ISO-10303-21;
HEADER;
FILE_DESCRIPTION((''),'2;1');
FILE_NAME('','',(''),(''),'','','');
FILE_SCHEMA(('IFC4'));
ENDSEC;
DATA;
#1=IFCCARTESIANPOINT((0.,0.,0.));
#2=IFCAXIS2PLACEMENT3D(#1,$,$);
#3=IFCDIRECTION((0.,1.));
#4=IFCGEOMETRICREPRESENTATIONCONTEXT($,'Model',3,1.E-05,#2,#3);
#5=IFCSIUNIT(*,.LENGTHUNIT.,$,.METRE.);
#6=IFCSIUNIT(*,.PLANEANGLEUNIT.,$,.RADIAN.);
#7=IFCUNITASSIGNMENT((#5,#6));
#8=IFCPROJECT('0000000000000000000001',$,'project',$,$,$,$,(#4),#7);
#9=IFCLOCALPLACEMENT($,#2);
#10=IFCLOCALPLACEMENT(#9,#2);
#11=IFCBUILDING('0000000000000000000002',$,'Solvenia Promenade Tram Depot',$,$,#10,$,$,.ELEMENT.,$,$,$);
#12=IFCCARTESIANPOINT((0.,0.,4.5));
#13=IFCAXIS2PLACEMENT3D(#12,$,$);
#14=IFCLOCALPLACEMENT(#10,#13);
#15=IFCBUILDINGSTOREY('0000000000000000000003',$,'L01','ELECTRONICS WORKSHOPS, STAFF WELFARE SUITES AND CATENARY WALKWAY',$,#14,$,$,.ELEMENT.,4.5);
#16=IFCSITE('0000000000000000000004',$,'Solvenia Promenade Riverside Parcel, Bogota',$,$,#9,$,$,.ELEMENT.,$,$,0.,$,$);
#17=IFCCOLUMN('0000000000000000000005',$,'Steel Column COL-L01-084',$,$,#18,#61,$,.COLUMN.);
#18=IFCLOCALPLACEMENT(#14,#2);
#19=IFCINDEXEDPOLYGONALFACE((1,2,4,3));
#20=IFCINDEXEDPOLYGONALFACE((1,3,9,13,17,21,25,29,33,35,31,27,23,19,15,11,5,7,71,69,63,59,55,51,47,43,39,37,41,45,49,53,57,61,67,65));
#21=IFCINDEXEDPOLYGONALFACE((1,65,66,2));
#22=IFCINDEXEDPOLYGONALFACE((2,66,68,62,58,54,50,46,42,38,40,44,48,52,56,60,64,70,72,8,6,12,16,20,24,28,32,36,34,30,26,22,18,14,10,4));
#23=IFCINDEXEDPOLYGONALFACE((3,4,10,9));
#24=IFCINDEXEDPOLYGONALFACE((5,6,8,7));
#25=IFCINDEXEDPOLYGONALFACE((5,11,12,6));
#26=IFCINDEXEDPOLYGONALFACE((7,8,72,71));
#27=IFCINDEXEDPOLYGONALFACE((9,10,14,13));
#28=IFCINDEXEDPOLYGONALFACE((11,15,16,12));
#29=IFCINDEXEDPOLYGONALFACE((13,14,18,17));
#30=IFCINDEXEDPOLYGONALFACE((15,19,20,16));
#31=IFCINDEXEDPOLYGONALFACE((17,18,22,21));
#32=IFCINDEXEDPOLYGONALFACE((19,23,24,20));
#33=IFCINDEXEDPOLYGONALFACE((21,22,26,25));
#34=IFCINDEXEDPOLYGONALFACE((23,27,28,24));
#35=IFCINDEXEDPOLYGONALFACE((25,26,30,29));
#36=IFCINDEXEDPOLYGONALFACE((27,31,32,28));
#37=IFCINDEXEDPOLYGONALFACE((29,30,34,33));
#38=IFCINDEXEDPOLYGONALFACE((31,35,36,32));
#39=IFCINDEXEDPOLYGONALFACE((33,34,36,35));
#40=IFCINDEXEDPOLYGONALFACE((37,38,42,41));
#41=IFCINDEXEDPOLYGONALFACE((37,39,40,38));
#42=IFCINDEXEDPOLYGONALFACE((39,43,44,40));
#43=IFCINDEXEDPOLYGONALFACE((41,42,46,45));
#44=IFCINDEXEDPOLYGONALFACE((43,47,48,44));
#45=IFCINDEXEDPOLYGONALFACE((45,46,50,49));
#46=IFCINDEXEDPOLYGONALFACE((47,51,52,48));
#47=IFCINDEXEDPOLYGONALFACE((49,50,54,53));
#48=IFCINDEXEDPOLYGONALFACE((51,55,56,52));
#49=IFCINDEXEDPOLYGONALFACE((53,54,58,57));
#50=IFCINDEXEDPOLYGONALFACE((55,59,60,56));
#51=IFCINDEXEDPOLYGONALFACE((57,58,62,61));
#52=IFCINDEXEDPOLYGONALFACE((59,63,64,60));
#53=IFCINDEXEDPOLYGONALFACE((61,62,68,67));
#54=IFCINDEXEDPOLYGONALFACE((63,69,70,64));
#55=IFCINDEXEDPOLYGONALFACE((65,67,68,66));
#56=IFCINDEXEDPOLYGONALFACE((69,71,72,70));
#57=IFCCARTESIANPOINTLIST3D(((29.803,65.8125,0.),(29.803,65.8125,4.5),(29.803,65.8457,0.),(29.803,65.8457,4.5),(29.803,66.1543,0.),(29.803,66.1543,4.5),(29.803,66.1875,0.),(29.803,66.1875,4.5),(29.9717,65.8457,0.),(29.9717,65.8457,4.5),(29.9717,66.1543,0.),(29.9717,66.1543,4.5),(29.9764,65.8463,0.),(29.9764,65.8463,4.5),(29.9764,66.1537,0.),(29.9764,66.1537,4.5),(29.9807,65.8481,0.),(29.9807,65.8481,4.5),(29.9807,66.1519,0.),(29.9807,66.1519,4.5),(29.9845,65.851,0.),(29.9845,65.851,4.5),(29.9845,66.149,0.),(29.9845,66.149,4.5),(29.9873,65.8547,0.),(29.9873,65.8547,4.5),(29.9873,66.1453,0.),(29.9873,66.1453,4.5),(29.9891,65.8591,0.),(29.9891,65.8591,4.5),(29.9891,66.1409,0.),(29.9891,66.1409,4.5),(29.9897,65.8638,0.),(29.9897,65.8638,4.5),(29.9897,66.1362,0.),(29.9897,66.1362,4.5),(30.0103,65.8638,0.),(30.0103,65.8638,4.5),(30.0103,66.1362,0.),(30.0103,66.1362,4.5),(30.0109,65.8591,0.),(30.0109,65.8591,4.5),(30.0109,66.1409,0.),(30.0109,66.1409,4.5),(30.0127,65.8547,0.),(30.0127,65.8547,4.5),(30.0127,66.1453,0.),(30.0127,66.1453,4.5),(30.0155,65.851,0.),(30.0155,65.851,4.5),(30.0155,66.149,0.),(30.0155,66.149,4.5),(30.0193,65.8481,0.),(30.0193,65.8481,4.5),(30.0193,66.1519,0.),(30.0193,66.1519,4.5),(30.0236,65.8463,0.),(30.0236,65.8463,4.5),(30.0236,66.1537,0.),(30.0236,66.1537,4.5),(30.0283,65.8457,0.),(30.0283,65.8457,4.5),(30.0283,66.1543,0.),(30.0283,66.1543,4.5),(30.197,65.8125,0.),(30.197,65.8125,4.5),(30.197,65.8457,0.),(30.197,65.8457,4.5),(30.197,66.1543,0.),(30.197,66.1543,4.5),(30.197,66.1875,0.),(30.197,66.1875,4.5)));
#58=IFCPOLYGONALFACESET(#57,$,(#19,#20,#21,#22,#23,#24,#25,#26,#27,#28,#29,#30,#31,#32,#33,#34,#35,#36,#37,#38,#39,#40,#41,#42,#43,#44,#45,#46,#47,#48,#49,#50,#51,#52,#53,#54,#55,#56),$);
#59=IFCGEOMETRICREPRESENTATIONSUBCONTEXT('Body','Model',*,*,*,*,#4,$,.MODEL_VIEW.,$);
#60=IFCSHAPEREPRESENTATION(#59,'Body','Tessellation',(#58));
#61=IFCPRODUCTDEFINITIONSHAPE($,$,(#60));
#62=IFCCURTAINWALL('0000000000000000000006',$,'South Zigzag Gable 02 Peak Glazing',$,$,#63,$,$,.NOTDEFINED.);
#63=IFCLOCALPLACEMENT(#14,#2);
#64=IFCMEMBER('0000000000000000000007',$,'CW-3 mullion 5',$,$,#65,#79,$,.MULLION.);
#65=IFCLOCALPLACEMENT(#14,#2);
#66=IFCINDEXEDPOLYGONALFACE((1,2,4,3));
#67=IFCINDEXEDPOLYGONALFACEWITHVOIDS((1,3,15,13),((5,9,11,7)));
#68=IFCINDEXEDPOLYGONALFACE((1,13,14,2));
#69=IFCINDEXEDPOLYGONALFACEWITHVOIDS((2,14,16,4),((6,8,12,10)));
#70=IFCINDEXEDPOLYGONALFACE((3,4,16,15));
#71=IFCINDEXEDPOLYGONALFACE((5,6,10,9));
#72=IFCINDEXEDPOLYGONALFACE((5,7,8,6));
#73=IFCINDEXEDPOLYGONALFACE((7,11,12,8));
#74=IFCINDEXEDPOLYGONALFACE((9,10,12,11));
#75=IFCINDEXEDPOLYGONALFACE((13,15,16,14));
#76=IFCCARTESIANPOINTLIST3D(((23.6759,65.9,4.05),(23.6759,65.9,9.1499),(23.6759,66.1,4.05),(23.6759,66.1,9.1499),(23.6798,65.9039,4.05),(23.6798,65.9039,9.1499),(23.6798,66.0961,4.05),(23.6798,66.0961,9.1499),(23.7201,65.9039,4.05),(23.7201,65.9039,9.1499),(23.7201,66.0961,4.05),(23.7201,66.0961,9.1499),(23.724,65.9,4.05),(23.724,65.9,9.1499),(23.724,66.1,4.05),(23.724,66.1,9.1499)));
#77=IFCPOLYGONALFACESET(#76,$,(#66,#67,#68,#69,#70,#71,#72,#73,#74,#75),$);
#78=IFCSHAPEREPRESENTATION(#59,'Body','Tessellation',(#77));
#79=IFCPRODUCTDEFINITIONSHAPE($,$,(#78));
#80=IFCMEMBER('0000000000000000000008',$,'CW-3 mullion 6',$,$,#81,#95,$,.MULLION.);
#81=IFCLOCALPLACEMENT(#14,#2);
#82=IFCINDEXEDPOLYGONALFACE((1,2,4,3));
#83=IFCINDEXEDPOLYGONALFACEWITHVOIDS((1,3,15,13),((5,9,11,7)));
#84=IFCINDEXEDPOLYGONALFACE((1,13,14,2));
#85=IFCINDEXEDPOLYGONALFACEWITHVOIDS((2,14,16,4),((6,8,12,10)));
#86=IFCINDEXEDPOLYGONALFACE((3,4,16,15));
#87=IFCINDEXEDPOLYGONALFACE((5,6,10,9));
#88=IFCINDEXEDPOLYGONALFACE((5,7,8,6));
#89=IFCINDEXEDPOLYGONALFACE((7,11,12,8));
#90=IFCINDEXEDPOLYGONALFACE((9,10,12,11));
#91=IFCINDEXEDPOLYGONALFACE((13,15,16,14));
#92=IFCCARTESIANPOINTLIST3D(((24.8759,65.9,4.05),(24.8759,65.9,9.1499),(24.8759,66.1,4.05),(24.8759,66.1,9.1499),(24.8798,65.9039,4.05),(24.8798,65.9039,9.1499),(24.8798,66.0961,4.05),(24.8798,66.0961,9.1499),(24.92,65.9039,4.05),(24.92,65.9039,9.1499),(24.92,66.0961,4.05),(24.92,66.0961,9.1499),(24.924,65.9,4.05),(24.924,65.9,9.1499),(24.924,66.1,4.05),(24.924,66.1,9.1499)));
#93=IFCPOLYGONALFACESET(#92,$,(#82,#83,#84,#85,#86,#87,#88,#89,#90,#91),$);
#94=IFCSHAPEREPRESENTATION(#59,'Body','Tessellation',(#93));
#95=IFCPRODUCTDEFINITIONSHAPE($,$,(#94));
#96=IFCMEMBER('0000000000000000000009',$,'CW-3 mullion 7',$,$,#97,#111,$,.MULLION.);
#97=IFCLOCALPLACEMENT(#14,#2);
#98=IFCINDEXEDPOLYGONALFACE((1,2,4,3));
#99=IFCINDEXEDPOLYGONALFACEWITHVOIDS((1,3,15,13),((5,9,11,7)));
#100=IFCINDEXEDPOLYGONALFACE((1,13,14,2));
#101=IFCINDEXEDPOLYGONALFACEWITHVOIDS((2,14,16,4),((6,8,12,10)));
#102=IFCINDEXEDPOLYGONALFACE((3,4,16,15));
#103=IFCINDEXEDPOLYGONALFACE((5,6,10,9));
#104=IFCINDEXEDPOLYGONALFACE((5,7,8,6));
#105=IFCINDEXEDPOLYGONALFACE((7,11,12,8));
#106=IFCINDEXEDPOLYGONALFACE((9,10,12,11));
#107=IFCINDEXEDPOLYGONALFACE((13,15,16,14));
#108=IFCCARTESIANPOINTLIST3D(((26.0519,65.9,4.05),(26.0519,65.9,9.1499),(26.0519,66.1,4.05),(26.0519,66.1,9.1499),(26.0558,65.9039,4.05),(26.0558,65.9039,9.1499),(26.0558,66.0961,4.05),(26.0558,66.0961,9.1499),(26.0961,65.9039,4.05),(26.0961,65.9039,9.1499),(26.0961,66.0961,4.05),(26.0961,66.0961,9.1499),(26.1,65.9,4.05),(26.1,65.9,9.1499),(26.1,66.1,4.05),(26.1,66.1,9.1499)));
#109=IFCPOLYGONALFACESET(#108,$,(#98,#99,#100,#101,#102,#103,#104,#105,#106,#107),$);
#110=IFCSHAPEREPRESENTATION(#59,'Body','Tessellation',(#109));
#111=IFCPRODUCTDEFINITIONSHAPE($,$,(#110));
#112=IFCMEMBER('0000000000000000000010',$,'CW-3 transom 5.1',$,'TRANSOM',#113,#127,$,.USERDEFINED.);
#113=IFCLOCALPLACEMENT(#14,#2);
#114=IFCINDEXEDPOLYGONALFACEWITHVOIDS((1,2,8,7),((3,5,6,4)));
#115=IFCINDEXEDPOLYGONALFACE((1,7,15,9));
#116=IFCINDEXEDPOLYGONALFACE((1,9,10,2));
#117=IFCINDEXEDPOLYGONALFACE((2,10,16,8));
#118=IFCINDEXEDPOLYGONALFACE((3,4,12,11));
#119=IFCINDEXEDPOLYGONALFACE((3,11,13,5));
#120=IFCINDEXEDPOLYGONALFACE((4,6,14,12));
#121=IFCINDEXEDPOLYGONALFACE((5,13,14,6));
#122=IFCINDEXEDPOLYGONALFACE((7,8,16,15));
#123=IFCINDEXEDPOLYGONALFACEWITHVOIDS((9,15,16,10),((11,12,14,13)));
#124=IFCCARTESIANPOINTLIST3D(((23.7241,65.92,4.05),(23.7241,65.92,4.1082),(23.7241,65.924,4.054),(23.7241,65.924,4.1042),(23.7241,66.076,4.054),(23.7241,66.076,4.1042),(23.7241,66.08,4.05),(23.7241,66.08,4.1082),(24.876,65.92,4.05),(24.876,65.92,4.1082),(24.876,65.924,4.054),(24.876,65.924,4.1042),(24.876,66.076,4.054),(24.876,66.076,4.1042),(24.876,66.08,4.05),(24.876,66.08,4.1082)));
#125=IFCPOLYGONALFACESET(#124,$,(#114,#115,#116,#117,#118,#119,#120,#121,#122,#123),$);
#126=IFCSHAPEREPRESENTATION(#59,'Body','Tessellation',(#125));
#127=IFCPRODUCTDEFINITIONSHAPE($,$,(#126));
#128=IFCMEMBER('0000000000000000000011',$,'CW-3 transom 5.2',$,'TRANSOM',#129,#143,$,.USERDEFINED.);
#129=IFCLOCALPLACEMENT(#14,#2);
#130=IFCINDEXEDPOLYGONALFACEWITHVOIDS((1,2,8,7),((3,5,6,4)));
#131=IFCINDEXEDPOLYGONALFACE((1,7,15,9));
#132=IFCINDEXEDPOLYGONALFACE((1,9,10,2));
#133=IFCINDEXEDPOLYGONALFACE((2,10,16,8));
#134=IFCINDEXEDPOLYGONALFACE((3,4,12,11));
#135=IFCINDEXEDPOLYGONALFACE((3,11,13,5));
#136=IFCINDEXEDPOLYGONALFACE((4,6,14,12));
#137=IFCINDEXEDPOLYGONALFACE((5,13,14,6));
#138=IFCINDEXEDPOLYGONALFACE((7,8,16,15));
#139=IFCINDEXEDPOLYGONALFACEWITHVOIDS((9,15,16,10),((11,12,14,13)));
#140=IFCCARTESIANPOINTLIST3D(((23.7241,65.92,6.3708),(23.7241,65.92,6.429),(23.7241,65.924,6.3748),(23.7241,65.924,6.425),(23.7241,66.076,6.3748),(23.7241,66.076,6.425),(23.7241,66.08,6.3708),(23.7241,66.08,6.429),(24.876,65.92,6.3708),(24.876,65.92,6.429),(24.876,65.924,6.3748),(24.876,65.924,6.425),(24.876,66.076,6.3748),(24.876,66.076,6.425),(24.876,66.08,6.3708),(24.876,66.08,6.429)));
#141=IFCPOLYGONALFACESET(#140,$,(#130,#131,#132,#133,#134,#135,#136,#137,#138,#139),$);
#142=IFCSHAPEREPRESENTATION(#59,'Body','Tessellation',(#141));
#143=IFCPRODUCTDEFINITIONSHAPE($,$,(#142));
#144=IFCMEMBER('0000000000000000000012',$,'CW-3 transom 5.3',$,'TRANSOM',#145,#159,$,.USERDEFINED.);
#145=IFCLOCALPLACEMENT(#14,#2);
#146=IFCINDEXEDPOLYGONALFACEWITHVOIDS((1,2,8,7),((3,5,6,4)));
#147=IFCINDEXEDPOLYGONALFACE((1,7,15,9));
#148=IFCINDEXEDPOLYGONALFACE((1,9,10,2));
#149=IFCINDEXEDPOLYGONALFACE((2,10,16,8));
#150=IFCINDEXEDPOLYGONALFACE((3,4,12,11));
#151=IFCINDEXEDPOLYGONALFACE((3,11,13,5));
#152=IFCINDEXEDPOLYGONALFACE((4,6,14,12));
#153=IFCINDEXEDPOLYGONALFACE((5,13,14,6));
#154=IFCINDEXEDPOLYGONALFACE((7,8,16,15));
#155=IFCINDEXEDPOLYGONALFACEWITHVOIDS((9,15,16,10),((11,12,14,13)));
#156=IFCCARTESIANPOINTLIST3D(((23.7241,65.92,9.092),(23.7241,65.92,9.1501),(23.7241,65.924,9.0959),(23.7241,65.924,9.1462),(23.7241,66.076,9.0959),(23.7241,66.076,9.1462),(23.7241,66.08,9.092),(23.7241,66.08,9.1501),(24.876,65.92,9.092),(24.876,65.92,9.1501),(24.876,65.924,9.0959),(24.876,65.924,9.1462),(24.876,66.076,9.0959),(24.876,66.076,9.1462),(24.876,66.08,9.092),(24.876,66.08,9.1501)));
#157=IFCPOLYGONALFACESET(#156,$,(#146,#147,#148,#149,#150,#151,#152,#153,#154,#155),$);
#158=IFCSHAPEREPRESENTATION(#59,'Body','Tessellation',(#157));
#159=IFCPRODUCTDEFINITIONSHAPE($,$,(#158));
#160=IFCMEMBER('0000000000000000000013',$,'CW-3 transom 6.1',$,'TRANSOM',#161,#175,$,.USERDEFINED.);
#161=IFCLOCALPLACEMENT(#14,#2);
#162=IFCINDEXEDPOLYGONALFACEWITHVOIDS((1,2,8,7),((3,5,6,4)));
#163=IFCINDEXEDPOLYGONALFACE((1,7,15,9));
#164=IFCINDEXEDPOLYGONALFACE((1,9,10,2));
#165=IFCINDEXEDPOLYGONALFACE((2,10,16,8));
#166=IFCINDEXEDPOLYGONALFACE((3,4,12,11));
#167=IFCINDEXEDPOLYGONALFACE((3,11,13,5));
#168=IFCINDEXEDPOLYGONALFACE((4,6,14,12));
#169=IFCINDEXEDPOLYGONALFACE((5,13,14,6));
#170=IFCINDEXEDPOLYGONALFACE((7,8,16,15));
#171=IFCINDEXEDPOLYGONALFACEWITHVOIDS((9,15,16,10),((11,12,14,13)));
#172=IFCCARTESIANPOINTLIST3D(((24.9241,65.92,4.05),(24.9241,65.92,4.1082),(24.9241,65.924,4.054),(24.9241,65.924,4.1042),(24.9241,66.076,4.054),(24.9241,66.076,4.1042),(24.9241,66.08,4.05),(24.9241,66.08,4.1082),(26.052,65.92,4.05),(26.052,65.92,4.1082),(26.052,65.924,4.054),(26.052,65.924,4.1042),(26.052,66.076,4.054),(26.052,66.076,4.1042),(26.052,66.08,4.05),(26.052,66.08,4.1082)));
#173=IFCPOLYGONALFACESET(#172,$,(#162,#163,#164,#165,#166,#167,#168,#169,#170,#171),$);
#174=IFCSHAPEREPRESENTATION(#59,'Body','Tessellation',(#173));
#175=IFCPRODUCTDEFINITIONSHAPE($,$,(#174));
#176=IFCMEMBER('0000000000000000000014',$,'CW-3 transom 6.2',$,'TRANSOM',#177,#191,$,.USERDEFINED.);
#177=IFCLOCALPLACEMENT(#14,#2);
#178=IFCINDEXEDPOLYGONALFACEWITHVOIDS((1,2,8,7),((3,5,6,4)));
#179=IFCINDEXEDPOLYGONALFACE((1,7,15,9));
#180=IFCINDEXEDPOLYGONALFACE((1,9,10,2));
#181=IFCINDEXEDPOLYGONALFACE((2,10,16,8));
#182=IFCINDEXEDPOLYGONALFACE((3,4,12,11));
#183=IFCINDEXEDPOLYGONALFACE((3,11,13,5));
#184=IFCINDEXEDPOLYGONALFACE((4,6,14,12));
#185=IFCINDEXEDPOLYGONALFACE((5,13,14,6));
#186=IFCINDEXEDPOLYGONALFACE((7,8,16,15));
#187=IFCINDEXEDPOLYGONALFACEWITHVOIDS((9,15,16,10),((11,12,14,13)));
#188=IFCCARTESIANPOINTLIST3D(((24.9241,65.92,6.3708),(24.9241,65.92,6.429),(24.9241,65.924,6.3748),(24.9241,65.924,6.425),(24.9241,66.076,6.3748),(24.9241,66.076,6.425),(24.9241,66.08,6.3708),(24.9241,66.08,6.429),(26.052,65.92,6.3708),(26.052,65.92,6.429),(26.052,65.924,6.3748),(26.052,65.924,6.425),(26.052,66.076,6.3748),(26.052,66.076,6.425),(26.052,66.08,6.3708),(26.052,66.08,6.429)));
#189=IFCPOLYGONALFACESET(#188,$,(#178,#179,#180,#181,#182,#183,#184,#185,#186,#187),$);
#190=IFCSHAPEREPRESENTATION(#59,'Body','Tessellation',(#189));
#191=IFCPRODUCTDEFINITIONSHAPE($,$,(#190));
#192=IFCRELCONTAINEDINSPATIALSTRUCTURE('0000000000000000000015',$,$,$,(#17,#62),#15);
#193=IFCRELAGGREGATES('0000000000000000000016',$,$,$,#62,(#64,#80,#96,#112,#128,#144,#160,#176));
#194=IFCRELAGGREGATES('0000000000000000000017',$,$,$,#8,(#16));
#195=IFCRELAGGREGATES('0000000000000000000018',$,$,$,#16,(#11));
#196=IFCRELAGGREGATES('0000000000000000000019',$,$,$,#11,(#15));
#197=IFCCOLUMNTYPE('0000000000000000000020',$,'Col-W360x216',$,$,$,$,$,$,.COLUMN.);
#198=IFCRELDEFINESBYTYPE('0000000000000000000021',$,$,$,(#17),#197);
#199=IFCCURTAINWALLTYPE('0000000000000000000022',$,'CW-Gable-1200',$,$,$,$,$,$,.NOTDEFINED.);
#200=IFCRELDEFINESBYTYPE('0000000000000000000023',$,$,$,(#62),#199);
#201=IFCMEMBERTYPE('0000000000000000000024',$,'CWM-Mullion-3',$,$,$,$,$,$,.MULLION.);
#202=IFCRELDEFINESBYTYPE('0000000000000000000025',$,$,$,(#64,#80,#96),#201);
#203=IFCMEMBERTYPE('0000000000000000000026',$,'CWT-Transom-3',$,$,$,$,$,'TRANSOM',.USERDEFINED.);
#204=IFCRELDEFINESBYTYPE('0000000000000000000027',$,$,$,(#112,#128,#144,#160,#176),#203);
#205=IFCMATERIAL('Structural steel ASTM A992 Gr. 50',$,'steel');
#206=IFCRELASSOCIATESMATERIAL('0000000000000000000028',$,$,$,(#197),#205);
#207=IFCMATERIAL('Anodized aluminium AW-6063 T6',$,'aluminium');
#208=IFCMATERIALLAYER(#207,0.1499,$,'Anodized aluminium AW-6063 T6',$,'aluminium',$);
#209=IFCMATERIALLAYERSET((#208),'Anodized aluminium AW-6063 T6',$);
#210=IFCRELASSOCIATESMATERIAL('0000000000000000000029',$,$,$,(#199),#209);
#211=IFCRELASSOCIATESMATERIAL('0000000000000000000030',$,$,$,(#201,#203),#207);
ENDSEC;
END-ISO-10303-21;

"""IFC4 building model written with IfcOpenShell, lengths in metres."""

from ifc_helpers import new_model, si_unit, direction, frame, origin, origin_2d, place, context, subcontext, project, spatial, hollow_rectangle, i_section, extrude, material, layer, layer_set, material_profile, profile_set, type_object, element, aggregate, save


model = new_model("IFC4")

# Units and contexts
model_context = context("Model", 3, precision=1e-05, world=origin(), true_north=direction((0.0, 1.0)))
body_context = subcontext(model_context, "Body", "Model", "MODEL_VIEW")
ifc_project = project(units=[si_unit("LENGTHUNIT", "METRE"), si_unit("PLANEANGLEUNIT", "RADIAN")], contexts=[model_context])

# Site, building, storey
site_placement = place(None, origin())
site = spatial("IfcSite", under=ifc_project, at=site_placement, Name="Solvenia Promenade Riverside Parcel, Bogota", CompositionType="ELEMENT", RefElevation=0.0)
building_placement = place(site_placement, origin())
building = spatial("IfcBuilding", under=site, at=building_placement, Name="Solvenia Promenade Tram Depot", CompositionType="ELEMENT")
storey_placement = place(building_placement, frame((0.0, 0.0, 4.5)))
storey = spatial("IfcBuildingStorey", under=building, at=storey_placement, Name="L01", Description="ELECTRONICS WORKSHOPS, STAFF WELFARE SUITES AND CATENARY WALKWAY", CompositionType="ELEMENT", Elevation=4.5)

# Column
ifc_material_1 = material(Name="Structural steel ASTM A992 Gr. 50", Category="steel")
ifc_material_profile_1 = material_profile(ifc_material_1, i_section(OverallWidth=0.394, OverallDepth=0.375, WebThickness=0.0205, FlangeThickness=0.0332, FilletRadius=0.0181, at=origin_2d()), Name="W360x216", Category="steel")
ifc_profile_set_1 = profile_set([ifc_material_profile_1], Name="Structural steel ASTM A992 Gr. 50")
column_type = type_object("IfcColumnType", Name="Col-W360x216", PredefinedType="COLUMN", material=ifc_profile_set_1)
column_placement = place(storey_placement, frame((30.0, 66.0, 0.0), z_axis=(0.0, 0.0, 1.0), x_axis=(1.0, 0.0, 0.0)))
element("IfcColumn", 1, at=column_placement, inside=storey, type_object=column_type, Name="Steel Column COL-L01-084", PredefinedType="COLUMN", context=body_context, shape_type="SweptSolid", body=[
    extrude(i_section(OverallWidth=0.394, OverallDepth=0.375, WebThickness=0.0205, FlangeThickness=0.0332, FilletRadius=0.0181, at=origin_2d()), origin(), (0.0, 0.0, 1.0), 4.5),
])

# Curtain wall, members
ifc_material_2 = material(Name="Anodized aluminium AW-6063 T6", Category="aluminium")
ifc_layer_1 = layer(ifc_material_2, 0.1499, Name="Anodized aluminium AW-6063 T6", Category="aluminium")
ifc_layer_set_1 = layer_set([ifc_layer_1], Name="Anodized aluminium AW-6063 T6")
curtain_wall_type = type_object("IfcCurtainWallType", Name="CW-Gable-1200", PredefinedType="NOTDEFINED", material=ifc_layer_set_1)
curtain_wall_placement = place(storey_placement, origin())
curtain_wall = element("IfcCurtainWall", 2, at=curtain_wall_placement, inside=storey, type_object=curtain_wall_type, Name="South Zigzag Gable 02 Peak Glazing", PredefinedType="NOTDEFINED")
ifc_material_profile_2 = material_profile(ifc_material_2, hollow_rectangle(XDim=0.2, YDim=0.0481, WallThickness=0.0039, at=origin_2d()), Name="ALU-M3", Category="aluminium")
ifc_profile_set_2 = profile_set([ifc_material_profile_2], Name="Anodized aluminium AW-6063 T6")
member_type_1 = type_object("IfcMemberType", Name="CWM-Mullion-3", PredefinedType="MULLION", material=ifc_profile_set_2)
member_1_placement = place(storey_placement, frame((23.7, 66.0, 4.05), z_axis=(0.0, 0.0, 1.0), x_axis=(0.0, 1.0, 0.0)))
member_1 = element("IfcMember", 3, at=member_1_placement, type_object=member_type_1, Name="CW-3 mullion 5", PredefinedType="MULLION", context=body_context, shape_type="SweptSolid", body=[
    extrude(hollow_rectangle(XDim=0.2, YDim=0.0481, WallThickness=0.0039, at=origin_2d()), origin(), (0.0, 0.0, 1.0), 5.0999),
])
member_2_placement = place(storey_placement, frame((24.8999, 66.0, 4.05), z_axis=(0.0, 0.0, 1.0), x_axis=(0.0, 1.0, 0.0)))
member_2 = element("IfcMember", 4, at=member_2_placement, type_object=member_type_1, Name="CW-3 mullion 6", PredefinedType="MULLION", context=body_context, shape_type="SweptSolid", body=[
    extrude(hollow_rectangle(XDim=0.2, YDim=0.0481, WallThickness=0.0039, at=origin_2d()), origin(), (0.0, 0.0, 1.0), 5.0999),
])
member_3_placement = place(storey_placement, frame((26.0759, 66.0, 4.05), z_axis=(0.0, 0.0, 1.0), x_axis=(0.0, 1.0, 0.0)))
member_3 = element("IfcMember", 5, at=member_3_placement, type_object=member_type_1, Name="CW-3 mullion 7", PredefinedType="MULLION", context=body_context, shape_type="SweptSolid", body=[
    extrude(hollow_rectangle(XDim=0.2, YDim=0.0481, WallThickness=0.0039, at=origin_2d()), origin(), (0.0, 0.0, 1.0), 5.0999),
])
ifc_material_profile_3 = material_profile(ifc_material_2, hollow_rectangle(XDim=0.1599, YDim=0.0581, WallThickness=0.0039, at=origin_2d()), Name="ALU-T3", Category="aluminium")
ifc_profile_set_3 = profile_set([ifc_material_profile_3], Name="Anodized aluminium AW-6063 T6")
member_type_2 = type_object("IfcMemberType", Name="CWT-Transom-3", ElementType="TRANSOM", PredefinedType="USERDEFINED", material=ifc_profile_set_3)
member_4_placement = place(storey_placement, frame((23.7241, 66.0, 4.0791), z_axis=(1.0, 0.0, 0.0), x_axis=(0.0, 1.0, 0.0)))
member_4 = element("IfcMember", 6, at=member_4_placement, type_object=member_type_2, Name="CW-3 transom 5.1", ObjectType="TRANSOM", PredefinedType="USERDEFINED", context=body_context, shape_type="SweptSolid", body=[
    extrude(hollow_rectangle(XDim=0.1599, YDim=0.0581, WallThickness=0.0039, at=origin_2d()), origin(), (0.0, 0.0, 1.0), 1.1519),
])
member_5_placement = place(storey_placement, frame((23.7241, 66.0, 6.3999), z_axis=(1.0, 0.0, 0.0), x_axis=(0.0, 1.0, 0.0)))
member_5 = element("IfcMember", 7, at=member_5_placement, type_object=member_type_2, Name="CW-3 transom 5.2", ObjectType="TRANSOM", PredefinedType="USERDEFINED", context=body_context, shape_type="SweptSolid", body=[
    extrude(hollow_rectangle(XDim=0.1599, YDim=0.0581, WallThickness=0.0039, at=origin_2d()), origin(), (0.0, 0.0, 1.0), 1.1519),
])
member_6_placement = place(storey_placement, frame((23.7241, 66.0, 9.1211), z_axis=(1.0, 0.0, 0.0), x_axis=(0.0, 1.0, 0.0)))
member_6 = element("IfcMember", 8, at=member_6_placement, type_object=member_type_2, Name="CW-3 transom 5.3", ObjectType="TRANSOM", PredefinedType="USERDEFINED", context=body_context, shape_type="SweptSolid", body=[
    extrude(hollow_rectangle(XDim=0.1599, YDim=0.0581, WallThickness=0.0039, at=origin_2d()), origin(), (0.0, 0.0, 1.0), 1.1519),
])
member_7_placement = place(storey_placement, frame((24.9241, 66.0, 4.0791), z_axis=(1.0, 0.0, 0.0), x_axis=(0.0, 1.0, 0.0)))
member_7 = element("IfcMember", 9, at=member_7_placement, type_object=member_type_2, Name="CW-3 transom 6.1", ObjectType="TRANSOM", PredefinedType="USERDEFINED", context=body_context, shape_type="SweptSolid", body=[
    extrude(hollow_rectangle(XDim=0.1599, YDim=0.0581, WallThickness=0.0039, at=origin_2d()), origin(), (0.0, 0.0, 1.0), 1.1279),
])
member_8_placement = place(storey_placement, frame((24.9241, 66.0, 6.3999), z_axis=(1.0, 0.0, 0.0), x_axis=(0.0, 1.0, 0.0)))
member_8 = element("IfcMember", 10, at=member_8_placement, type_object=member_type_2, Name="CW-3 transom 6.2", ObjectType="TRANSOM", PredefinedType="USERDEFINED", context=body_context, shape_type="SweptSolid", body=[
    extrude(hollow_rectangle(XDim=0.1599, YDim=0.0581, WallThickness=0.0039, at=origin_2d()), origin(), (0.0, 0.0, 1.0), 1.1279),
])

aggregate(curtain_wall, [member_1, member_2, member_3, member_4, member_5, member_6, member_7, member_8])

save(model, "model.ifc")
